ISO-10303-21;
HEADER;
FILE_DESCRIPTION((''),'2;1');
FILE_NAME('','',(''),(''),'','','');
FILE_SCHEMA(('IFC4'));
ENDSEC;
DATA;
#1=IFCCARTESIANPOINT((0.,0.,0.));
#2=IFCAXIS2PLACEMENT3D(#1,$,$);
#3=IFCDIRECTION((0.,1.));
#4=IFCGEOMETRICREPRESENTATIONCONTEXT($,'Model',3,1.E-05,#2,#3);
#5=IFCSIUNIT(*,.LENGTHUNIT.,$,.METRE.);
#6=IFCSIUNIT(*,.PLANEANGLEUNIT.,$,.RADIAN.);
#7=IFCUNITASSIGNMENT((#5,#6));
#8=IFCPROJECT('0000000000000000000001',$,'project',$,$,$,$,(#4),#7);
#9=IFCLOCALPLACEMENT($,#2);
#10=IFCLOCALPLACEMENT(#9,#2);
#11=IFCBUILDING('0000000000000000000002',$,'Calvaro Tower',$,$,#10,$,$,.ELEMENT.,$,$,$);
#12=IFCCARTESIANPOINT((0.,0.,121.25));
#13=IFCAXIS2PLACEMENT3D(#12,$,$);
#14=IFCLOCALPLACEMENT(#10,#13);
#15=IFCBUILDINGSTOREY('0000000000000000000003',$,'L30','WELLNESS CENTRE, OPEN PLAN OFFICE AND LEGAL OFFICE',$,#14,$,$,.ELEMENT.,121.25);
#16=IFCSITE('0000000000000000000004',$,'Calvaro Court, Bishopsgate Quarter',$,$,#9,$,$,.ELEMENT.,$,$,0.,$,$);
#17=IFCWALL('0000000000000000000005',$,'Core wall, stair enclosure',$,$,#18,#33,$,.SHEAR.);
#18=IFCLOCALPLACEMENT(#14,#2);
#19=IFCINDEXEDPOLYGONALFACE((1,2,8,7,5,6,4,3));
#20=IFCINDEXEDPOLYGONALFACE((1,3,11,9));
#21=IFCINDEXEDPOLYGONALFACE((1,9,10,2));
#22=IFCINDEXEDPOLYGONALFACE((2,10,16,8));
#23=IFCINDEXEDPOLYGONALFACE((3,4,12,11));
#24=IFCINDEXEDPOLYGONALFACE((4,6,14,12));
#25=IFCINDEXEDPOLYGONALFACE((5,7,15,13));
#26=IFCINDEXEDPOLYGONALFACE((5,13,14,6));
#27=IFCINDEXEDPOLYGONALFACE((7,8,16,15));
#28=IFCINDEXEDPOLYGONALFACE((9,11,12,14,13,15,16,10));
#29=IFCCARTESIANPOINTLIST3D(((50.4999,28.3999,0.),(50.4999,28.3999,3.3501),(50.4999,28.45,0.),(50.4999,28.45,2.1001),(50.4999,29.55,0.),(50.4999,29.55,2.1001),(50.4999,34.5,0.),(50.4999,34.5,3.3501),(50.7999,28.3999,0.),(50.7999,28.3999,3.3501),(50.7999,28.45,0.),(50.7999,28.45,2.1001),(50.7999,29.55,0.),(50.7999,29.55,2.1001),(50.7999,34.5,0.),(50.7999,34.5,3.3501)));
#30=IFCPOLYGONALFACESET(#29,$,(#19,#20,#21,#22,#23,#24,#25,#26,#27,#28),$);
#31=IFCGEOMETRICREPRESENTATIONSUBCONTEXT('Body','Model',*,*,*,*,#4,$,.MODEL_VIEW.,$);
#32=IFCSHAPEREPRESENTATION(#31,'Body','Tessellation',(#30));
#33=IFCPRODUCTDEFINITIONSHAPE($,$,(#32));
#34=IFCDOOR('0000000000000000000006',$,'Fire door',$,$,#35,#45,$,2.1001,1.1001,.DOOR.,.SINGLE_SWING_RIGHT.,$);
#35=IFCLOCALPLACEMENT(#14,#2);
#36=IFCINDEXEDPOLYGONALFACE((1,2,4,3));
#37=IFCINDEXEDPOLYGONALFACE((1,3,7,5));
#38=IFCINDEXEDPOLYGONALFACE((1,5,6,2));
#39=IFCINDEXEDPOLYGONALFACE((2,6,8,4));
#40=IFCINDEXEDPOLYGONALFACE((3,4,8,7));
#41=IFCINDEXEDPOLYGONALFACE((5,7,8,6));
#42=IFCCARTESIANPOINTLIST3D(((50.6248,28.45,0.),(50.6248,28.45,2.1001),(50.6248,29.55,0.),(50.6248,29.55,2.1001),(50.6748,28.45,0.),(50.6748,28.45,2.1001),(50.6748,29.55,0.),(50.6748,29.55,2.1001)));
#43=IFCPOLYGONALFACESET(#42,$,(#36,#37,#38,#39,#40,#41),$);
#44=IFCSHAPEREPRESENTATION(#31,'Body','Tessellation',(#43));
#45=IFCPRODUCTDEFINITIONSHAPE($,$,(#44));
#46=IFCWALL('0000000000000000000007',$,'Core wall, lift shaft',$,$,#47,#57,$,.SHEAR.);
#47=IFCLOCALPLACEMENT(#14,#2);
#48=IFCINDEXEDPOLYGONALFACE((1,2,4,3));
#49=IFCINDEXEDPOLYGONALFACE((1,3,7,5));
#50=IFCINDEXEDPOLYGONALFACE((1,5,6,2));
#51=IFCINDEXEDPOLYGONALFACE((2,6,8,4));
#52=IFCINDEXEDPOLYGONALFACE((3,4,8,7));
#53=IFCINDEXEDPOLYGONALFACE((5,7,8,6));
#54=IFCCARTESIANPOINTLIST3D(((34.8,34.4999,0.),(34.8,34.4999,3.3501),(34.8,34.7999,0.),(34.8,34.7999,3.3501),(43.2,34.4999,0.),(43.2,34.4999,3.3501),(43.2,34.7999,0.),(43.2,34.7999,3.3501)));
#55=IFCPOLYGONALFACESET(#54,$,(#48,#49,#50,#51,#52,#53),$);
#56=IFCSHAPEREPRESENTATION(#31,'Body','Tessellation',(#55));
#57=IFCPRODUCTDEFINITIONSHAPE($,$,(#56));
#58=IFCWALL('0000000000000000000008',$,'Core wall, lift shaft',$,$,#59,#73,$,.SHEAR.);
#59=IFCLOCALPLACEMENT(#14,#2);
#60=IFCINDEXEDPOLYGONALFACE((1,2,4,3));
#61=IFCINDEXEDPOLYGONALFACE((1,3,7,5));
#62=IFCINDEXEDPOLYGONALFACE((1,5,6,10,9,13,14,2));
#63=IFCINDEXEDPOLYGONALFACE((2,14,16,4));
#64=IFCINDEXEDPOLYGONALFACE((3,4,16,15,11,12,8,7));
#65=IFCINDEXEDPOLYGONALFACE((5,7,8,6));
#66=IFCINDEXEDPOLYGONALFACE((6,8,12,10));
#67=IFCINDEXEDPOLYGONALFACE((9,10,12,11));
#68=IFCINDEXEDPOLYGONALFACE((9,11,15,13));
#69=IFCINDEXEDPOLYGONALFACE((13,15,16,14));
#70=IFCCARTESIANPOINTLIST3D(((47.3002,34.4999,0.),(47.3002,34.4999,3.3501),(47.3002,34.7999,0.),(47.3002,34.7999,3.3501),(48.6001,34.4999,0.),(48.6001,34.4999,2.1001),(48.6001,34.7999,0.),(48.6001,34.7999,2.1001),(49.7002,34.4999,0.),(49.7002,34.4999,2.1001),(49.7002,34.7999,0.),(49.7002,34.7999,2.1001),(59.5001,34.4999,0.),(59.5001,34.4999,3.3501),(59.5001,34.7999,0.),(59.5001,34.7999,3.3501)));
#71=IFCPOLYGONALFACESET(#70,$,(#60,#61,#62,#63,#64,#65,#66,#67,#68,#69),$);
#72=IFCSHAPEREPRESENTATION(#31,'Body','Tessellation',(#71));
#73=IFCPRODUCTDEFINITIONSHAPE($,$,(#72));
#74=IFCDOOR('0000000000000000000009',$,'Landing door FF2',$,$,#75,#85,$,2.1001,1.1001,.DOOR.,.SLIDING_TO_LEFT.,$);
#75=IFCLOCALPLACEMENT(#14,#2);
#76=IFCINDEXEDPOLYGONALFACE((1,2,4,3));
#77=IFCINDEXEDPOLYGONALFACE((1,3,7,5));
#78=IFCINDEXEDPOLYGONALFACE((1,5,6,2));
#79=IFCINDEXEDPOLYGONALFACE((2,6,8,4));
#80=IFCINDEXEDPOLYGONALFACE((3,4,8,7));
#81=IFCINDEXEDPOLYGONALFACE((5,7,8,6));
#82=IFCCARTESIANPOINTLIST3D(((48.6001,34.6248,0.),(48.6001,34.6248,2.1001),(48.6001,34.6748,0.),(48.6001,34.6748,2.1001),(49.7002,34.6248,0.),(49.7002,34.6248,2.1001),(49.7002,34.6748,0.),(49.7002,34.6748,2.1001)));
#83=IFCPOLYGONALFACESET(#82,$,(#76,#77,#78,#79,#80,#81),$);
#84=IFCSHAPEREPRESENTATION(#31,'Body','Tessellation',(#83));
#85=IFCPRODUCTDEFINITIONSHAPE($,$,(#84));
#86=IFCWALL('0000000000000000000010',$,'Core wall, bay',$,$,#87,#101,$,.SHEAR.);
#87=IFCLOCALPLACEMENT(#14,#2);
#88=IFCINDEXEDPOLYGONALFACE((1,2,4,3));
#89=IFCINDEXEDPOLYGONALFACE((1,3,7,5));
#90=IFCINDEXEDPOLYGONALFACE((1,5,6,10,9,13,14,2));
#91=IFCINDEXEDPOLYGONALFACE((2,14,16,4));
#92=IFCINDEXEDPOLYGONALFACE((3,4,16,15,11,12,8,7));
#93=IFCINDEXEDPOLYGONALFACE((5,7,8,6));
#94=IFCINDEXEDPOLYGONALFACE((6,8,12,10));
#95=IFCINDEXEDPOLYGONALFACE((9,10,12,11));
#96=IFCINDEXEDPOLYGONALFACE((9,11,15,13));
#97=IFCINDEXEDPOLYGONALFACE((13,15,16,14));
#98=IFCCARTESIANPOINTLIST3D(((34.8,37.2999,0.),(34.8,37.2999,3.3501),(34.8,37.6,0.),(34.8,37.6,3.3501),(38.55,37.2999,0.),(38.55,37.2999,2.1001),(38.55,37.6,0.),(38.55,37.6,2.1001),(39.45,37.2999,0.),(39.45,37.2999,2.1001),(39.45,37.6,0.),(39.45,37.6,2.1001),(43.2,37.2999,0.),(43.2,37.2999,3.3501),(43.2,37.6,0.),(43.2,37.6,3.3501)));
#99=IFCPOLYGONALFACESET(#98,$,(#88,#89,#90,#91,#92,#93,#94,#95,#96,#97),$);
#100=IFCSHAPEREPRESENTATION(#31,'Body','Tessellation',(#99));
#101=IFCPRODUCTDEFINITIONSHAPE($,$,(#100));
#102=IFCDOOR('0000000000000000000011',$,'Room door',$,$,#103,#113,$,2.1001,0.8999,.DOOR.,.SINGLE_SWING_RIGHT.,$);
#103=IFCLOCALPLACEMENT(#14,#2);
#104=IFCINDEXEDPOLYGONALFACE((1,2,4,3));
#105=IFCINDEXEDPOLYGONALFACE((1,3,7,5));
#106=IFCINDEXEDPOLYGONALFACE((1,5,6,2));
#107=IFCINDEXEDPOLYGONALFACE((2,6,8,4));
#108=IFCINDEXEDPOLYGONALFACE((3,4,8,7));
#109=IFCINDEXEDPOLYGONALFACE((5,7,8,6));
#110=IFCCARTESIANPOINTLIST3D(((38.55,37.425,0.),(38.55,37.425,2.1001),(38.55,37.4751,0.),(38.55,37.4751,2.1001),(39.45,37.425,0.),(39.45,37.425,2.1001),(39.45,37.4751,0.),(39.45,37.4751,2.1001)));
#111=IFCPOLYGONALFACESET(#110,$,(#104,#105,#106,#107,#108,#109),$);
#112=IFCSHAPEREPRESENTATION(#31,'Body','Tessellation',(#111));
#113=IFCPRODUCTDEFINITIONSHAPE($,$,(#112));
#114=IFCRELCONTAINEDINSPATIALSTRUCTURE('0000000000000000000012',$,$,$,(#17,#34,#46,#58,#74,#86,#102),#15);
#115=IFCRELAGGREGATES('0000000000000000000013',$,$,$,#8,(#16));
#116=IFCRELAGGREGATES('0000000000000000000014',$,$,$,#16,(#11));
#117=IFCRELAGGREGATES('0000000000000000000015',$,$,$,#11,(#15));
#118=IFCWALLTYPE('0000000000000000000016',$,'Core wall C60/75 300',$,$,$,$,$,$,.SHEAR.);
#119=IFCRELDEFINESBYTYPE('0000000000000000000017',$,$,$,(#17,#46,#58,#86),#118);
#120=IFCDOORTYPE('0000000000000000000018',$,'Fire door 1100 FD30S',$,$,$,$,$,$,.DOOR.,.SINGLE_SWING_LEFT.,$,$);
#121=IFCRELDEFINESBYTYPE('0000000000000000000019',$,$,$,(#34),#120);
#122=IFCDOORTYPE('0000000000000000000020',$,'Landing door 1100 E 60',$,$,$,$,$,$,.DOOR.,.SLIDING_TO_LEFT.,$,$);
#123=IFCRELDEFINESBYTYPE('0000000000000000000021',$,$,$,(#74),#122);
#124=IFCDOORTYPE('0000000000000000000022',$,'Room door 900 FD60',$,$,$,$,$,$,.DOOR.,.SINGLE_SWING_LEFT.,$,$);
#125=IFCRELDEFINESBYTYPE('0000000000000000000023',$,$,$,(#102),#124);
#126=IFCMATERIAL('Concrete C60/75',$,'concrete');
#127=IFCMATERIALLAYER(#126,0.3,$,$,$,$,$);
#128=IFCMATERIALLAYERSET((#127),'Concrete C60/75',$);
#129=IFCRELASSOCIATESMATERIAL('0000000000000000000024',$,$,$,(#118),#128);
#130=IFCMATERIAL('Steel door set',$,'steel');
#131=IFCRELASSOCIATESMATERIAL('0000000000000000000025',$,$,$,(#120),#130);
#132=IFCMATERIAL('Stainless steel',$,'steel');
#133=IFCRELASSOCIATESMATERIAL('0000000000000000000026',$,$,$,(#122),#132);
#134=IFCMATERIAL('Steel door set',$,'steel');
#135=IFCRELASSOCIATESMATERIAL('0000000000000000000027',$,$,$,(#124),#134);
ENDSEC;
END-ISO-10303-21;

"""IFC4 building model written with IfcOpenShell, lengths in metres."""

from ifc_helpers import new_model, si_unit, direction, frame, frame_2d, origin, place, context, subcontext, project, spatial, rectangle, extrude, material, layer, layer_set, type_object, element, fill, save


model = new_model("IFC4")

# Units and contexts
model_context = context("Model", 3, precision=1e-05, world=origin(), true_north=direction((0.0, 1.0)))
body_context = subcontext(model_context, "Body", "Model", "MODEL_VIEW")
ifc_project = project(units=[si_unit("LENGTHUNIT", "METRE"), si_unit("PLANEANGLEUNIT", "RADIAN")], contexts=[model_context])

# Site, building, storey
site_placement = place(None, origin())
site = spatial("IfcSite", under=ifc_project, at=site_placement, Name="Calvaro Court, Bishopsgate Quarter", CompositionType="ELEMENT", RefElevation=0.0)
building_placement = place(site_placement, origin())
building = spatial("IfcBuilding", under=site, at=building_placement, Name="Calvaro Tower", CompositionType="ELEMENT")
storey_placement = place(building_placement, frame((0.0, 0.0, 121.25)))
storey = spatial("IfcBuildingStorey", under=building, at=storey_placement, Name="L30", Description="WELLNESS CENTRE, OPEN PLAN OFFICE AND LEGAL OFFICE", CompositionType="ELEMENT", Elevation=121.25)

# Wall, opening, door
ifc_material_1 = material(Name="Concrete C60/75", Category="concrete")
ifc_layer_1 = layer(ifc_material_1, 0.3)
ifc_layer_set_1 = layer_set([ifc_layer_1], Name="Concrete C60/75")
wall_type_1 = type_object("IfcWallType", Name="Core wall C60/75 300", PredefinedType="SHEAR", material=ifc_layer_set_1)
wall_1_placement = place(storey_placement, frame((50.6499, 34.5, 0.0), z_axis=(0.0, 0.0, 1.0), x_axis=(0.0, -1.0, 0.0)))
wall_1 = element("IfcWall", 1, at=wall_1_placement, inside=storey, type_object=wall_type_1, Name="Core wall, stair enclosure", PredefinedType="SHEAR", context=body_context, shape_type="SweptSolid", body=[
    extrude(rectangle(XDim=6.1001, YDim=0.3, at=frame_2d((3.05, 0.0))), origin(), (0.0, 0.0, 1.0), 3.3501),
])
opening_1_placement = place(wall_1_placement, frame((4.95, 0.0, 0.0)))
opening_1 = element("IfcOpeningElement", 2, at=opening_1_placement, cuts=wall_1, PredefinedType="OPENING", context=body_context, shape_type="SweptSolid", body=[
    extrude(rectangle(XDim=1.1001, YDim=2.1001, at=frame_2d((0.55, 1.05))), frame((0.0, 0.1599, 0.0), z_axis=(0.0, -1.0, 0.0), x_axis=(1.0, 0.0, 0.0)), (0.0, 0.0, 1.0), 0.3201),
])
ifc_material_2 = material(Name="Steel door set", Category="steel")
door_type_1 = type_object("IfcDoorType", Name="Fire door 1100 FD30S", OperationType="SINGLE_SWING_LEFT", PredefinedType="DOOR", material=ifc_material_2)
door_1_placement = place(opening_1_placement, origin())
door_1 = element("IfcDoor", 3, at=door_1_placement, inside=storey, type_object=door_type_1, Name="Fire door", OperationType="SINGLE_SWING_RIGHT", OverallHeight=2.1001, OverallWidth=1.1001, PredefinedType="DOOR", context=body_context, shape_type="SweptSolid", body=[
    extrude(rectangle(XDim=1.1001, YDim=2.1001, at=frame_2d((0.55, 1.05))), frame((0.0, 0.0249, 0.0), z_axis=(0.0, -1.0, 0.0), x_axis=(1.0, 0.0, 0.0)), (0.0, 0.0, 1.0), 0.05),
])
fill(opening_1, door_1)

# Wall
wall_2_placement = place(storey_placement, frame((34.8, 34.6499, 0.0), z_axis=(0.0, 0.0, 1.0), x_axis=(1.0, 0.0, 0.0)))
element("IfcWall", 4, at=wall_2_placement, inside=storey, type_object=wall_type_1, Name="Core wall, lift shaft", PredefinedType="SHEAR", context=body_context, shape_type="SweptSolid", body=[
    extrude(rectangle(XDim=8.3999, YDim=0.3, at=frame_2d((4.2, 0.0))), origin(), (0.0, 0.0, 1.0), 3.3501),
])

# Walls, openings, doors
wall_3_placement = place(storey_placement, frame((47.3, 34.6499, 0.0), z_axis=(0.0, 0.0, 1.0), x_axis=(1.0, 0.0, 0.0)))
wall_3 = element("IfcWall", 5, at=wall_3_placement, inside=storey, type_object=wall_type_1, Name="Core wall, lift shaft", PredefinedType="SHEAR", context=body_context, shape_type="SweptSolid", body=[
    extrude(rectangle(XDim=12.2, YDim=0.3, at=frame_2d((6.1001, 0.0))), origin(), (0.0, 0.0, 1.0), 3.3501),
])
opening_2_placement = place(wall_3_placement, frame((1.3, 0.0, 0.0)))
opening_2 = element("IfcOpeningElement", 6, at=opening_2_placement, cuts=wall_3, PredefinedType="OPENING", context=body_context, shape_type="SweptSolid", body=[
    extrude(rectangle(XDim=1.1001, YDim=2.1001, at=frame_2d((0.55, 1.05))), frame((0.0, 0.1599, 0.0), z_axis=(0.0, -1.0, 0.0), x_axis=(1.0, 0.0, 0.0)), (0.0, 0.0, 1.0), 0.3201),
])
ifc_material_3 = material(Name="Stainless steel", Category="steel")
door_type_2 = type_object("IfcDoorType", Name="Landing door 1100 E 60", OperationType="SLIDING_TO_LEFT", PredefinedType="DOOR", material=ifc_material_3)
door_2_placement = place(opening_2_placement, origin())
door_2 = element("IfcDoor", 7, at=door_2_placement, inside=storey, type_object=door_type_2, Name="Landing door FF2", OperationType="SLIDING_TO_LEFT", OverallHeight=2.1001, OverallWidth=1.1001, PredefinedType="DOOR", context=body_context, shape_type="SweptSolid", body=[
    extrude(rectangle(XDim=1.1001, YDim=2.1001, at=frame_2d((0.55, 1.05))), frame((0.0, 0.0249, 0.0), z_axis=(0.0, -1.0, 0.0), x_axis=(1.0, 0.0, 0.0)), (0.0, 0.0, 1.0), 0.05),
])
fill(opening_2, door_2)
wall_4_placement = place(storey_placement, frame((43.2, 37.45, 0.0), z_axis=(0.0, 0.0, 1.0), x_axis=(-1.0, 0.0, 0.0)))
wall_4 = element("IfcWall", 8, at=wall_4_placement, inside=storey, type_object=wall_type_1, Name="Core wall, bay", PredefinedType="SHEAR", context=body_context, shape_type="SweptSolid", body=[
    extrude(rectangle(XDim=8.3999, YDim=0.3, at=frame_2d((4.2, 0.0))), origin(), (0.0, 0.0, 1.0), 3.3501),
])
opening_3_placement = place(wall_4_placement, frame((3.75, 0.0, 0.0)))
opening_3 = element("IfcOpeningElement", 9, at=opening_3_placement, cuts=wall_4, PredefinedType="OPENING", context=body_context, shape_type="SweptSolid", body=[
    extrude(rectangle(XDim=0.8999, YDim=2.1001, at=frame_2d((0.45, 1.05))), frame((0.0, 0.1599, 0.0), z_axis=(0.0, -1.0, 0.0), x_axis=(1.0, 0.0, 0.0)), (0.0, 0.0, 1.0), 0.3201),
])
ifc_material_4 = material(Name="Steel door set", Category="steel")
door_type_3 = type_object("IfcDoorType", Name="Room door 900 FD60", OperationType="SINGLE_SWING_LEFT", PredefinedType="DOOR", material=ifc_material_4)
door_3_placement = place(opening_3_placement, origin())
door_3 = element("IfcDoor", 10, at=door_3_placement, inside=storey, type_object=door_type_3, Name="Room door", OperationType="SINGLE_SWING_RIGHT", OverallHeight=2.1001, OverallWidth=0.8999, PredefinedType="DOOR", context=body_context, shape_type="SweptSolid", body=[
    extrude(rectangle(XDim=0.8999, YDim=2.1001, at=frame_2d((0.45, 1.05))), frame((0.0, 0.0249, 0.0), z_axis=(0.0, -1.0, 0.0), x_axis=(1.0, 0.0, 0.0)), (0.0, 0.0, 1.0), 0.05),
])
fill(opening_3, door_3)

save(model, "model.ifc")
